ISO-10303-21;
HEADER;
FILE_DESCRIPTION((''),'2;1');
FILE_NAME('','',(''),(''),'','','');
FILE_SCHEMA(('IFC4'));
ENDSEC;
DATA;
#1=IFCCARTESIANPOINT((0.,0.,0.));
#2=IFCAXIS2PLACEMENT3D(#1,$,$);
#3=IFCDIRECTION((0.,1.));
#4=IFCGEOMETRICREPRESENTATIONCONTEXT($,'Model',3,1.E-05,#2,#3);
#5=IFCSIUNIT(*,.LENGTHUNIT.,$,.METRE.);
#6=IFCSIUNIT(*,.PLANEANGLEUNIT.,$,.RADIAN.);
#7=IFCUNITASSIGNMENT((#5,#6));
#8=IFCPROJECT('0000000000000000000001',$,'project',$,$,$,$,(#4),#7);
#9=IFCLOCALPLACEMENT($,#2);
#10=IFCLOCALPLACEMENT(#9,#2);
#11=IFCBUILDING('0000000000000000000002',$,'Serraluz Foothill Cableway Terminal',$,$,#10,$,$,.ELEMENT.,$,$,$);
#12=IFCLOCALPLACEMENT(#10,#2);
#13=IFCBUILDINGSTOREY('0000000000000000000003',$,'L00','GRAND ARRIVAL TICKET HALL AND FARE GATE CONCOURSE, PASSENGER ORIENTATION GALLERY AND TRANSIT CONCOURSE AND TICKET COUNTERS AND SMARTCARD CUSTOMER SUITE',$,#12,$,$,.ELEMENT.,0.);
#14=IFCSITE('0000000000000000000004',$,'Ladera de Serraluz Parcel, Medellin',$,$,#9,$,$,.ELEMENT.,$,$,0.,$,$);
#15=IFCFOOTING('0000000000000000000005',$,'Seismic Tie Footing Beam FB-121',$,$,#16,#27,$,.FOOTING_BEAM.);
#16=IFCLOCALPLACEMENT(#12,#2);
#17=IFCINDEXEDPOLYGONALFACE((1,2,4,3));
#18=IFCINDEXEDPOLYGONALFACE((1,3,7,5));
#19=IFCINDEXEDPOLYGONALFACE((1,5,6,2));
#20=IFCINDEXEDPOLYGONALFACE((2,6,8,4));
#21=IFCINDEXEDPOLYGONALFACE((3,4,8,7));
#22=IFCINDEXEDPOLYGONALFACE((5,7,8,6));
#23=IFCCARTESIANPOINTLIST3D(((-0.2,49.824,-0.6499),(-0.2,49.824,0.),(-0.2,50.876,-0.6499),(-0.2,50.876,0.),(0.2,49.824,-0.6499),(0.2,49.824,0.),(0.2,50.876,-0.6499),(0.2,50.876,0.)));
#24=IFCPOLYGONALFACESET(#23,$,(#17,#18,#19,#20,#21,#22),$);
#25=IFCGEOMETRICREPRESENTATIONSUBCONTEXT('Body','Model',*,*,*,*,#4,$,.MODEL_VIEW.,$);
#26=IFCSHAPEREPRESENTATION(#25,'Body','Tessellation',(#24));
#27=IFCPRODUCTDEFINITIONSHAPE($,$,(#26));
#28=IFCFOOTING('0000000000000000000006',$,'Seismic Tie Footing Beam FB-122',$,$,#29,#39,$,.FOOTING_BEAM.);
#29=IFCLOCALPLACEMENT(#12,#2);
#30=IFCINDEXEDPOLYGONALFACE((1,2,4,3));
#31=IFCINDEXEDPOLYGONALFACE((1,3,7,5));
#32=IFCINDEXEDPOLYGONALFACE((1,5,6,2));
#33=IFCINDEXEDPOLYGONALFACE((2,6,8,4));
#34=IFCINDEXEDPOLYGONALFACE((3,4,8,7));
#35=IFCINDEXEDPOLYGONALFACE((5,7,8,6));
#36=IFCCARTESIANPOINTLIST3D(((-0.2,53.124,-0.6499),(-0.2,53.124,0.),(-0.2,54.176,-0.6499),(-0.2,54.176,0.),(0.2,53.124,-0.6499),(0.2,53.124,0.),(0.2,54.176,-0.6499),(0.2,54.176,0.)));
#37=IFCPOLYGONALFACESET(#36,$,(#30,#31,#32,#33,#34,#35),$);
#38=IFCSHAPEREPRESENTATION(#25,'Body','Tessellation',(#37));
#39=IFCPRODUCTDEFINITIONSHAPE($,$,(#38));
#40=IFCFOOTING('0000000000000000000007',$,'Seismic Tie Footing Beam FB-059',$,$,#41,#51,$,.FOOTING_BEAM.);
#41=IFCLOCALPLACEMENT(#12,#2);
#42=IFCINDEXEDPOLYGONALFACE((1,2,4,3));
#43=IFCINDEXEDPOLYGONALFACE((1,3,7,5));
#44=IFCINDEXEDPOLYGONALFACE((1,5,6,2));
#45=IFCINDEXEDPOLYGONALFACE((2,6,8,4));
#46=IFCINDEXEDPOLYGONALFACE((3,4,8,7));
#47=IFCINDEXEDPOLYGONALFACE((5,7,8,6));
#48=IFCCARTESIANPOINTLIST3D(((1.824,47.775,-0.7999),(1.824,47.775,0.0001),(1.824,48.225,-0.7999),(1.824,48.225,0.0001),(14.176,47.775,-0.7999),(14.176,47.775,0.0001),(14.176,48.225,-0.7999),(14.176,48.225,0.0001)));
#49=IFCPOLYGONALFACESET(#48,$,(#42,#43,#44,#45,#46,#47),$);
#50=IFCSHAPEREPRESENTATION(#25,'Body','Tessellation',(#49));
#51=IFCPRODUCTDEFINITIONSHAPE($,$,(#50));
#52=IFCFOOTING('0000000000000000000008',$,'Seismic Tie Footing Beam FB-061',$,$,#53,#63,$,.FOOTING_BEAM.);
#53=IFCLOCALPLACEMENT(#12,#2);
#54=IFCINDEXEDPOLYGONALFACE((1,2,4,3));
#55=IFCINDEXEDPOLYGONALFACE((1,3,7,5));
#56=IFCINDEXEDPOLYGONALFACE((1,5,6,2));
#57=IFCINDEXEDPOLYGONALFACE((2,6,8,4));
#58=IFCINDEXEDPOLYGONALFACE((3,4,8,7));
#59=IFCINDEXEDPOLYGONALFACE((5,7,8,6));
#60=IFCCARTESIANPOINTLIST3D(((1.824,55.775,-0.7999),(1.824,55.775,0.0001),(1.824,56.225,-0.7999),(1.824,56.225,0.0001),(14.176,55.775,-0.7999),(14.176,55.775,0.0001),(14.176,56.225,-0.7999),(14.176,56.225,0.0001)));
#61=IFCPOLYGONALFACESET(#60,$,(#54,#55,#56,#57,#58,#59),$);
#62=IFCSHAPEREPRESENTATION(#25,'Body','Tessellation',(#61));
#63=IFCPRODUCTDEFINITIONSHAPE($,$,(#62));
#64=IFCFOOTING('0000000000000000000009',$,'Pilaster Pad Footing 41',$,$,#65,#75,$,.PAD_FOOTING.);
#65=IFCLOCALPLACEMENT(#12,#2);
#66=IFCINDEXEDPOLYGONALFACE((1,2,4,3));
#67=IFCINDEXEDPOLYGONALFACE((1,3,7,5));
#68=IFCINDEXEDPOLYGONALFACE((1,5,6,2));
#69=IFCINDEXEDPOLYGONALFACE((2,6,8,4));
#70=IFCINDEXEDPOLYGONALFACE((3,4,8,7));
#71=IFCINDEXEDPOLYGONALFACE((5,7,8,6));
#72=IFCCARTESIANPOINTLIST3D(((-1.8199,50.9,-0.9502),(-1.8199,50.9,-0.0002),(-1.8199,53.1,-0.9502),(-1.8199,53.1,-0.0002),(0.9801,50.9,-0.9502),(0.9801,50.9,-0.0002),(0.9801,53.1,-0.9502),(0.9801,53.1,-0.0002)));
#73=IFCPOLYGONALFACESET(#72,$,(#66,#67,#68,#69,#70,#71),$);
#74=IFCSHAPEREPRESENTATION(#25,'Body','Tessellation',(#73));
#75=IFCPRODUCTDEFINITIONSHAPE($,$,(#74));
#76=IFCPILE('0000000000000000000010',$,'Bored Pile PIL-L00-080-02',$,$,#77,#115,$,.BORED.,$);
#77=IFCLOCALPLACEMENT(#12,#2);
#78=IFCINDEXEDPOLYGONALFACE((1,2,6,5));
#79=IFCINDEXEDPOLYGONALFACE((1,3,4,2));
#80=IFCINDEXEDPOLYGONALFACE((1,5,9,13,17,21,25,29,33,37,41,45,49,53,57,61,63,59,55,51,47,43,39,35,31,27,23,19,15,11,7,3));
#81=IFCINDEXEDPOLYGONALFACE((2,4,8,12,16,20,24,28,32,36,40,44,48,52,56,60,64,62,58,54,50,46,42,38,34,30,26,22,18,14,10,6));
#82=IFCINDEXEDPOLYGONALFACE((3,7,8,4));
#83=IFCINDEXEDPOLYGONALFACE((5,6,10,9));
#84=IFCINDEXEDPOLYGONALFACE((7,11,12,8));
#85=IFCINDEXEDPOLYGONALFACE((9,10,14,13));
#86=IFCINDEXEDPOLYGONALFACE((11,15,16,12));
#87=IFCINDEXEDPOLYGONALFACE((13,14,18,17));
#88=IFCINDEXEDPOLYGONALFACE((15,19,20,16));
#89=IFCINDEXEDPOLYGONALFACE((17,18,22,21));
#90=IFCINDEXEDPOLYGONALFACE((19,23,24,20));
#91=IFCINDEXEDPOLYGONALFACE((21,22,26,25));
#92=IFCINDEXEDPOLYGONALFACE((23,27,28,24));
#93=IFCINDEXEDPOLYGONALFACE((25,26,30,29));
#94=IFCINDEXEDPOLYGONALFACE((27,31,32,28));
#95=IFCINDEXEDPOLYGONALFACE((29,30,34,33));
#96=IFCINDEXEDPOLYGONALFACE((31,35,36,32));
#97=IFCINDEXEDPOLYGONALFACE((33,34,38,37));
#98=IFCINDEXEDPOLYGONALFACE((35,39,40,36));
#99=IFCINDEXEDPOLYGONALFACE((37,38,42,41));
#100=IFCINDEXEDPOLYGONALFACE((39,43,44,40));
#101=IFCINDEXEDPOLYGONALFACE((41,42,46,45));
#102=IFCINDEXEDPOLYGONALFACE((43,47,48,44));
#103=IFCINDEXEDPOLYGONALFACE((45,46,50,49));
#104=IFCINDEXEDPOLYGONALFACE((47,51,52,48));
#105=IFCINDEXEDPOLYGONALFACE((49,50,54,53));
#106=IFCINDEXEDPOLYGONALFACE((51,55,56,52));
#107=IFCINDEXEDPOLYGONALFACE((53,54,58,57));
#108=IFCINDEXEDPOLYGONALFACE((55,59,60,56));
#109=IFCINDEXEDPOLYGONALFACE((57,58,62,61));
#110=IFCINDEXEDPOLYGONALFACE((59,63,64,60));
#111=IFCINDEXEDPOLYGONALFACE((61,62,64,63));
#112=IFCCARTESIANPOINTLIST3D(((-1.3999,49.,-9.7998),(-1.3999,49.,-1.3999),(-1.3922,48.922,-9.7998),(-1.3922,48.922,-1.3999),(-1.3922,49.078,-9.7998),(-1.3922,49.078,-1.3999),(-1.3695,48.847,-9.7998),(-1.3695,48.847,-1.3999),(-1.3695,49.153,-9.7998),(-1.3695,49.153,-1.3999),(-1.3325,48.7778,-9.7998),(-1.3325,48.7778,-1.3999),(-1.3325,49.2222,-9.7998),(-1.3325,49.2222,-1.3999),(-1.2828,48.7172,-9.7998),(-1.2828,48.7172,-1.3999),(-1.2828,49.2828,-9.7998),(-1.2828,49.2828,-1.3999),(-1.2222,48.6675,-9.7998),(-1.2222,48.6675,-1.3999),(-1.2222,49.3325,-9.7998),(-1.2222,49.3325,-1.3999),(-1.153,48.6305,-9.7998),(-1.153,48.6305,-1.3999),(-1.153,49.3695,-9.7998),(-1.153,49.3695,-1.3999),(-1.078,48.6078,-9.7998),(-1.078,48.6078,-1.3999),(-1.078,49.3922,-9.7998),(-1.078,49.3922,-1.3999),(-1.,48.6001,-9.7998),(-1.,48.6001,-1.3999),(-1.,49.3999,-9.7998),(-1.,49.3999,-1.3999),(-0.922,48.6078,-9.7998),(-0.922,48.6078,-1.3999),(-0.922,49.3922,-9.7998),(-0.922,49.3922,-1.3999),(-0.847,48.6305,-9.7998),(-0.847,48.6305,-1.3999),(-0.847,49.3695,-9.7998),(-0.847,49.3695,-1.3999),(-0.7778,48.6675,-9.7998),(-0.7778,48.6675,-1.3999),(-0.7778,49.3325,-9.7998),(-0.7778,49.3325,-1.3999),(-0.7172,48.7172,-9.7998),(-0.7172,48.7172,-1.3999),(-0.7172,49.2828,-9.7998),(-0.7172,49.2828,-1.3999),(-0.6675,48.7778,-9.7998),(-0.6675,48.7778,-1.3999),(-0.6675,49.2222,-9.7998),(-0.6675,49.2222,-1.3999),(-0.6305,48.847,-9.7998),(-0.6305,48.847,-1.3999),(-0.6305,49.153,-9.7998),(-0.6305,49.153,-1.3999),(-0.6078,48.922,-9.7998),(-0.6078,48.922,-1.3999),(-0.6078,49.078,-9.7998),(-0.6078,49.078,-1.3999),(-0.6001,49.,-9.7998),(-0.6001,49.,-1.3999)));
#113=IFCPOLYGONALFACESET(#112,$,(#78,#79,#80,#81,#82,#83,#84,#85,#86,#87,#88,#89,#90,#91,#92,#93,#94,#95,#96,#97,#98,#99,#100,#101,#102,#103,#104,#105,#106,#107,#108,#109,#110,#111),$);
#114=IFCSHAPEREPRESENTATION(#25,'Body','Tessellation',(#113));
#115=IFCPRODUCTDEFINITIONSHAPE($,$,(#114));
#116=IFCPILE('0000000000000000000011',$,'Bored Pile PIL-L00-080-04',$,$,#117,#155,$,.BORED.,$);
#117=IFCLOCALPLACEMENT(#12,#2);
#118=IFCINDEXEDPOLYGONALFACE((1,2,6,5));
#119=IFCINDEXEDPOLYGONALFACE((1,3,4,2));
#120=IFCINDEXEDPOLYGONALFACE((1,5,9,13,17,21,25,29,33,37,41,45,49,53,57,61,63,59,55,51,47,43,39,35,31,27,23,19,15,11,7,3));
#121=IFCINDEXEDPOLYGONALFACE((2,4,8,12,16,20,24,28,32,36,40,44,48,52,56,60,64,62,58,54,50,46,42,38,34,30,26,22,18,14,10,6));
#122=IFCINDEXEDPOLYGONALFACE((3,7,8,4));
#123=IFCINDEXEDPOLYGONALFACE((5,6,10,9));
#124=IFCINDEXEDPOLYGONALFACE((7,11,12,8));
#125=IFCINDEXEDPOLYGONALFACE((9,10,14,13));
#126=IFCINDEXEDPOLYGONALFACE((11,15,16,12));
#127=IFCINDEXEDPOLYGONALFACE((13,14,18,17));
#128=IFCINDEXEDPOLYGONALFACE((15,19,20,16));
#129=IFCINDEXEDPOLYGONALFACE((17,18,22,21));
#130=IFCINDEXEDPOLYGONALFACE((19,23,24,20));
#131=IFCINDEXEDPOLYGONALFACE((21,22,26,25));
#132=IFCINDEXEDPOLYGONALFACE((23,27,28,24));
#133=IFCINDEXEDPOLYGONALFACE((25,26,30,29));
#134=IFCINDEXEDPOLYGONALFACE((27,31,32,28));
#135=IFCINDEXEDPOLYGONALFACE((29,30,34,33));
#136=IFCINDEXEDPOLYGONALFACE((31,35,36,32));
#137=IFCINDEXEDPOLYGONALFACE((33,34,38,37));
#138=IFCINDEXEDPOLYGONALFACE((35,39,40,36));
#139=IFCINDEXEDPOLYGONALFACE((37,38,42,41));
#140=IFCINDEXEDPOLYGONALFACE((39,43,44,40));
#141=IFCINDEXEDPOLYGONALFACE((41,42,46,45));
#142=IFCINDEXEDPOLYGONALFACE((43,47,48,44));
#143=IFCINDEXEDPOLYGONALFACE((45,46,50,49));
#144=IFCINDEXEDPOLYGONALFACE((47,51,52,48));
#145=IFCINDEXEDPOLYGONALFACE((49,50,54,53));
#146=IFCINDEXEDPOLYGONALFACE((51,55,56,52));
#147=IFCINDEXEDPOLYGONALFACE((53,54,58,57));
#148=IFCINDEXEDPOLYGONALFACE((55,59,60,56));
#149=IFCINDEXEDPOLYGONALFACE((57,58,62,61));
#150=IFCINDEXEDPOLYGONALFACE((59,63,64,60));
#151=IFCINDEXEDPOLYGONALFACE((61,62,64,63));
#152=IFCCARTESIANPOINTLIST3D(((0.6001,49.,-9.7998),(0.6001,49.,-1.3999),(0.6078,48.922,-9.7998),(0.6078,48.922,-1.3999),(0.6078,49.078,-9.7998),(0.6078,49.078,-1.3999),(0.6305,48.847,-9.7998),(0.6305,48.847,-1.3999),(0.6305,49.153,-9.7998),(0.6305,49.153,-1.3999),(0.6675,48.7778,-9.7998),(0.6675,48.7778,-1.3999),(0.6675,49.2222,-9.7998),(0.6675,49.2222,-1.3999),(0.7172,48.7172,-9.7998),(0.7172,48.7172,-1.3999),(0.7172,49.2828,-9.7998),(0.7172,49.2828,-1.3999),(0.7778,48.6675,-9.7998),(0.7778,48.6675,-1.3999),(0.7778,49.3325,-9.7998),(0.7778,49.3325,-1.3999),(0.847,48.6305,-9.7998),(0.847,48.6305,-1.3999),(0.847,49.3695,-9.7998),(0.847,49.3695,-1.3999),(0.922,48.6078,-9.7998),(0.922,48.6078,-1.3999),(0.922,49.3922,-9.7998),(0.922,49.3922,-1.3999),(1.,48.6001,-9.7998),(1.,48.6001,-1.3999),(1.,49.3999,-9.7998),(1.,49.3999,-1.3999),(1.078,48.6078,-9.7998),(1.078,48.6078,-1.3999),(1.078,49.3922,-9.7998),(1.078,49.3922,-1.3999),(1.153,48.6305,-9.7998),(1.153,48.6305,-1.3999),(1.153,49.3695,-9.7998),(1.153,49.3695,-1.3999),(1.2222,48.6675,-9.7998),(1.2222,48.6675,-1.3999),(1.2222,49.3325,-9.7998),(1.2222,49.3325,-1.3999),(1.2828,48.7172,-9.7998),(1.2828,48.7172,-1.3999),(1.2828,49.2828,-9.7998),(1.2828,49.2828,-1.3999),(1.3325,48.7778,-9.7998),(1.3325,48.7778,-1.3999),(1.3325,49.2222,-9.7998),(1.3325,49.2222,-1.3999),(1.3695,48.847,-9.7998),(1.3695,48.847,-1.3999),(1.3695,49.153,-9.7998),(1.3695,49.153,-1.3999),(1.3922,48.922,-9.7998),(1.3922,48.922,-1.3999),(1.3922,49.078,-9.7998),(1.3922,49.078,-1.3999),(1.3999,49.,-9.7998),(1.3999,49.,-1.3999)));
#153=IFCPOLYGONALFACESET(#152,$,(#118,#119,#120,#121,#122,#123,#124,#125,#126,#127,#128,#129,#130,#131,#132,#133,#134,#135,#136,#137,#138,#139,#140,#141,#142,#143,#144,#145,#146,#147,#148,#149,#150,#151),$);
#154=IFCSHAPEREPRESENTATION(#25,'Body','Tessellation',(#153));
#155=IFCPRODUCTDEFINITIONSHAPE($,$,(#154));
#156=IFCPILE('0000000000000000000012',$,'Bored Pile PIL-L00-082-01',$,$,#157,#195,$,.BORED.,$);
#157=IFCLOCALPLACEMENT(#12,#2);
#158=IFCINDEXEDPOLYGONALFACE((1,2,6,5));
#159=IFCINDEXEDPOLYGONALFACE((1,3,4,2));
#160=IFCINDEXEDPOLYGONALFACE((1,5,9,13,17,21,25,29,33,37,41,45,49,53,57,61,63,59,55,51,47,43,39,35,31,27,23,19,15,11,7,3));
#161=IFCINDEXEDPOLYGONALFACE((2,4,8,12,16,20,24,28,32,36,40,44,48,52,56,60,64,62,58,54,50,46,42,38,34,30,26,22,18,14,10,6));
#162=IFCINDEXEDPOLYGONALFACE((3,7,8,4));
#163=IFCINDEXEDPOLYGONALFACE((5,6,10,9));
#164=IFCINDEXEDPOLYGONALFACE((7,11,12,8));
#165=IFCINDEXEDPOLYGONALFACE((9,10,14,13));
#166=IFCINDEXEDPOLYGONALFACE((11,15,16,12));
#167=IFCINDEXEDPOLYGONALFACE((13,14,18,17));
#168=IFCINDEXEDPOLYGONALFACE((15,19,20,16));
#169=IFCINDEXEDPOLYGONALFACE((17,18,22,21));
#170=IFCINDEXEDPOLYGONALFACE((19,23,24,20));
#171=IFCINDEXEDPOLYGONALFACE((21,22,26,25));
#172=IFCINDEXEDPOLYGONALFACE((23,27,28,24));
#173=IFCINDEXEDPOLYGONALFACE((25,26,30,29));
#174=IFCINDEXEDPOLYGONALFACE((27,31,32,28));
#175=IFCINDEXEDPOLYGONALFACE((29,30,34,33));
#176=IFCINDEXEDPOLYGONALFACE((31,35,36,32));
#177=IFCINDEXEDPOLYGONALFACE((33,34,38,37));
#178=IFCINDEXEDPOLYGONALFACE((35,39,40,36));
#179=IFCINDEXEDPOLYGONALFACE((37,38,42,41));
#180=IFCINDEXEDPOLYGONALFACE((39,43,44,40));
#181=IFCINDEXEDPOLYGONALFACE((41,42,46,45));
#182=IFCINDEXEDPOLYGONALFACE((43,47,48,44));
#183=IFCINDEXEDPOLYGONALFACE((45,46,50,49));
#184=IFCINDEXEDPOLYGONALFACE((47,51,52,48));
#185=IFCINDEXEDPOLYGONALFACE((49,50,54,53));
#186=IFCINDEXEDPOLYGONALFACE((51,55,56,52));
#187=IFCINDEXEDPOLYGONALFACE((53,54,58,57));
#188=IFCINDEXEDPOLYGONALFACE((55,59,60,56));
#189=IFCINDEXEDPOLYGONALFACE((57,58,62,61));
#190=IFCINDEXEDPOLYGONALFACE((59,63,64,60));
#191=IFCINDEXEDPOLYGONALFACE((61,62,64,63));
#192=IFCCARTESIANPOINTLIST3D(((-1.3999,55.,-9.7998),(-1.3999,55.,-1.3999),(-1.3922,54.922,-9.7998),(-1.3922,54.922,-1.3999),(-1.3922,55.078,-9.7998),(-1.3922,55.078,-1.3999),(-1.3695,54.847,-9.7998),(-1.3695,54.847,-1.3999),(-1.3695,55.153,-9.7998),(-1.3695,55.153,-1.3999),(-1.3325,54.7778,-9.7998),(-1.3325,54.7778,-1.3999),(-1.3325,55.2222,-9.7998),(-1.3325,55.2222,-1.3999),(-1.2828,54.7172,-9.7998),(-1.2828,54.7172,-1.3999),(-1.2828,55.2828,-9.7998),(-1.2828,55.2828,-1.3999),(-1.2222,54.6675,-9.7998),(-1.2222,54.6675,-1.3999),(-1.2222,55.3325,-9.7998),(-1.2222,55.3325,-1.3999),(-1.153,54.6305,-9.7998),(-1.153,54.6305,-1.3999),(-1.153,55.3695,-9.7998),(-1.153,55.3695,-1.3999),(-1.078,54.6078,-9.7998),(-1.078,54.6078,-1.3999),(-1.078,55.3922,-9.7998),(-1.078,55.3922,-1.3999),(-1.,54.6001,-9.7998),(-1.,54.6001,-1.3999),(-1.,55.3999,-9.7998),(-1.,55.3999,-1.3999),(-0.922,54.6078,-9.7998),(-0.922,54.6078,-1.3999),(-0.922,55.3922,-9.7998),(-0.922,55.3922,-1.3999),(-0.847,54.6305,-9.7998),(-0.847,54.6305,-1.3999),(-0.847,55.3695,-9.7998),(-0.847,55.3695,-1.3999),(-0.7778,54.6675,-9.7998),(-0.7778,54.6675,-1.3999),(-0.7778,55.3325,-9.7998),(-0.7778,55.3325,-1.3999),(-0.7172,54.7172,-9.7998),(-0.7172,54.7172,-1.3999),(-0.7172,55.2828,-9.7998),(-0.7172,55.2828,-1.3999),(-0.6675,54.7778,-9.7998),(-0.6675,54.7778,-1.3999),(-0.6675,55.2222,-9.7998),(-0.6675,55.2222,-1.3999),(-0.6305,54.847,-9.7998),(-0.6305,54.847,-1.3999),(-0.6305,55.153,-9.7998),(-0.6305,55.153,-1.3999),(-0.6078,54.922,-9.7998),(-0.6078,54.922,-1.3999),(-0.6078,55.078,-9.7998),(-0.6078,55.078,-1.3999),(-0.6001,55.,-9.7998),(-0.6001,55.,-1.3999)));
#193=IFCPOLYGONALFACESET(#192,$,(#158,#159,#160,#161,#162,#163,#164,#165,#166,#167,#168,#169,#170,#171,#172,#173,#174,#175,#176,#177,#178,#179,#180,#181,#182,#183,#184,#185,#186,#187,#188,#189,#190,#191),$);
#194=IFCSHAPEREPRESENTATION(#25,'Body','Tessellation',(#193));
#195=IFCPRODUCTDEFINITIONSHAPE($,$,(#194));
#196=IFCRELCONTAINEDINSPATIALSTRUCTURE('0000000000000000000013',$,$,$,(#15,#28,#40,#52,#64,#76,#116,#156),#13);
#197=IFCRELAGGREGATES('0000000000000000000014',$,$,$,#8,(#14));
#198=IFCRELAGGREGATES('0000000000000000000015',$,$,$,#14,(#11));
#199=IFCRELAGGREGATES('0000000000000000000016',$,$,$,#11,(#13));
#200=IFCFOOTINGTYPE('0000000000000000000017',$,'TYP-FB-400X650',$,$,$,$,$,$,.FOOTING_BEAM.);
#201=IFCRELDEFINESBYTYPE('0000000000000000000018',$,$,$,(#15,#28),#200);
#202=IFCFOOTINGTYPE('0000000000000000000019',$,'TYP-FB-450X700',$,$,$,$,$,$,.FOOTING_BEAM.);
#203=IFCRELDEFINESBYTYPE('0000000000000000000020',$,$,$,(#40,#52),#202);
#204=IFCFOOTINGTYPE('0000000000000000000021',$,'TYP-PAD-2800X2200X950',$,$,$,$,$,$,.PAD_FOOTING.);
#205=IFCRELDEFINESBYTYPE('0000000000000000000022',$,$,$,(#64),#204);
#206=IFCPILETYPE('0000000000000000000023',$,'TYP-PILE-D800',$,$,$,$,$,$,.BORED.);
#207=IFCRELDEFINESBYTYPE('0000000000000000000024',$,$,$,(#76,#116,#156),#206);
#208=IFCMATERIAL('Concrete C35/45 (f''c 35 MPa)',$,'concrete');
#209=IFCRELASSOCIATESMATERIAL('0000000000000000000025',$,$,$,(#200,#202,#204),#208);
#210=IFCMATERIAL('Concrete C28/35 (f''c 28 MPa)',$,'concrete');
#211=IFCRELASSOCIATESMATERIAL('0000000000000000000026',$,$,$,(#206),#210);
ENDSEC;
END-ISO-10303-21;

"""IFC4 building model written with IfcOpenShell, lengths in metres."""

from ifc_helpers import new_model, si_unit, direction, frame, origin, origin_2d, place, context, subcontext, project, spatial, rectangle, circle, extrude, material, material_profile, profile_set, type_object, element, save


model = new_model("IFC4")

# Units and contexts
model_context = context("Model", 3, precision=1e-05, world=origin(), true_north=direction((0.0, 1.0)))
body_context = subcontext(model_context, "Body", "Model", "MODEL_VIEW")
ifc_project = project(units=[si_unit("LENGTHUNIT", "METRE"), si_unit("PLANEANGLEUNIT", "RADIAN")], contexts=[model_context])

# Site, building, storey
site_placement = place(None, origin())
site = spatial("IfcSite", under=ifc_project, at=site_placement, Name="Ladera de Serraluz Parcel, Medellin", CompositionType="ELEMENT", RefElevation=0.0)
building_placement = place(site_placement, origin())
building = spatial("IfcBuilding", under=site, at=building_placement, Name="Serraluz Foothill Cableway Terminal", CompositionType="ELEMENT")
storey_placement = place(building_placement, origin())
storey = spatial("IfcBuildingStorey", under=building, at=storey_placement, Name="L00", Description="GRAND ARRIVAL TICKET HALL AND FARE GATE CONCOURSE, PASSENGER ORIENTATION GALLERY AND TRANSIT CONCOURSE AND TICKET COUNTERS AND SMARTCARD CUSTOMER SUITE", CompositionType="ELEMENT", Elevation=0.0)

# Footings
ifc_material_1 = material(Name="Concrete C35/45 (f'c 35 MPa)", Category="concrete")
ifc_material_profile_1 = material_profile(ifc_material_1, rectangle(XDim=0.3999, YDim=0.6499, at=origin_2d()), Name="RC 400x650")
ifc_profile_set_1 = profile_set([ifc_material_profile_1], Name="Concrete C35/45 (f'c 35 MPa)")
footing_type_1 = type_object("IfcFootingType", Name="TYP-FB-400X650", PredefinedType="FOOTING_BEAM", material=ifc_profile_set_1)
for number, where, z_axis, x_axis, name in (
    (1, (0.0, 49.824, -0.325), (0.0, 1.0, 0.0), (-1.0, 0.0, 0.0), "Seismic Tie Footing Beam FB-121"),
    (2, (0.0, 53.124, -0.325), (0.0, 1.0, 0.0), (-1.0, 0.0, 0.0), "Seismic Tie Footing Beam FB-122"),
):
    element("IfcFooting", number, at=place(storey_placement, frame(where, z_axis=z_axis, x_axis=x_axis)), inside=storey, type_object=footing_type_1, Name=name, PredefinedType="FOOTING_BEAM", context=body_context, shape_type="SweptSolid", body=[
        extrude(rectangle(XDim=0.3999, YDim=0.6499, at=origin_2d()), origin(), (0.0, 0.0, 1.0), 1.052),
    ])
ifc_material_profile_2 = material_profile(ifc_material_1, rectangle(XDim=0.45, YDim=0.8, at=origin_2d()), Name="RC 450x800")
ifc_profile_set_2 = profile_set([ifc_material_profile_2], Name="Concrete C35/45 (f'c 35 MPa)")
footing_type_2 = type_object("IfcFootingType", Name="TYP-FB-450X700", PredefinedType="FOOTING_BEAM", material=ifc_profile_set_2)
for number, where, z_axis, x_axis, name in (
    (3, (1.824, 48.0, -0.3999), (1.0, 0.0, 0.0), (0.0, 1.0, 0.0), "Seismic Tie Footing Beam FB-059"),
    (4, (1.824, 56.0, -0.3999), (1.0, 0.0, 0.0), (0.0, 1.0, 0.0), "Seismic Tie Footing Beam FB-061"),
):
    element("IfcFooting", number, at=place(storey_placement, frame(where, z_axis=z_axis, x_axis=x_axis)), inside=storey, type_object=footing_type_2, Name=name, PredefinedType="FOOTING_BEAM", context=body_context, shape_type="SweptSolid", body=[
        extrude(rectangle(XDim=0.45, YDim=0.8, at=origin_2d()), origin(), (0.0, 0.0, 1.0), 12.3521),
    ])
footing_type_3 = type_object("IfcFootingType", Name="TYP-PAD-2800X2200X950", PredefinedType="PAD_FOOTING", material=ifc_material_1)
footing_1_placement = place(storey_placement, frame((-0.4199, 52.0, -0.9502), z_axis=(0.0, 0.0, 1.0), x_axis=(1.0, 0.0, 0.0)))
element("IfcFooting", 5, at=footing_1_placement, inside=storey, type_object=footing_type_3, Name="Pilaster Pad Footing 41", PredefinedType="PAD_FOOTING", context=body_context, shape_type="SweptSolid", body=[
    extrude(rectangle(XDim=2.8, YDim=2.2, at=origin_2d()), origin(), (0.0, 0.0, 1.0), 0.95),
])

# Piles
ifc_material_2 = material(Name="Concrete C28/35 (f'c 28 MPa)", Category="concrete")
ifc_material_profile_3 = material_profile(ifc_material_2, circle(Radius=0.3999, at=origin_2d()), Name="BORED PILE D800")
ifc_profile_set_3 = profile_set([ifc_material_profile_3], Name="Concrete C28/35 (f'c 28 MPa)")
pile_type = type_object("IfcPileType", Name="TYP-PILE-D800", PredefinedType="BORED", material=ifc_profile_set_3)
for number, where, z_axis, x_axis, name in (
    (6, (-1.0, 49.0, -1.3999), (0.0, 0.0, -1.0), (1.0, 0.0, 0.0), "Bored Pile PIL-L00-080-02"),
    (7, (1.0, 49.0, -1.3999), (0.0, 0.0, -1.0), (1.0, 0.0, 0.0), "Bored Pile PIL-L00-080-04"),
    (8, (-1.0, 55.0, -1.3999), (0.0, 0.0, -1.0), (1.0, 0.0, 0.0), "Bored Pile PIL-L00-082-01"),
):
    element("IfcPile", number, at=place(storey_placement, frame(where, z_axis=z_axis, x_axis=x_axis)), inside=storey, type_object=pile_type, Name=name, PredefinedType="BORED", context=body_context, shape_type="SweptSolid", body=[
        extrude(circle(Radius=0.3999, at=origin_2d()), origin(), (0.0, 0.0, 1.0), 8.3999),
    ])

save(model, "model.ifc")
